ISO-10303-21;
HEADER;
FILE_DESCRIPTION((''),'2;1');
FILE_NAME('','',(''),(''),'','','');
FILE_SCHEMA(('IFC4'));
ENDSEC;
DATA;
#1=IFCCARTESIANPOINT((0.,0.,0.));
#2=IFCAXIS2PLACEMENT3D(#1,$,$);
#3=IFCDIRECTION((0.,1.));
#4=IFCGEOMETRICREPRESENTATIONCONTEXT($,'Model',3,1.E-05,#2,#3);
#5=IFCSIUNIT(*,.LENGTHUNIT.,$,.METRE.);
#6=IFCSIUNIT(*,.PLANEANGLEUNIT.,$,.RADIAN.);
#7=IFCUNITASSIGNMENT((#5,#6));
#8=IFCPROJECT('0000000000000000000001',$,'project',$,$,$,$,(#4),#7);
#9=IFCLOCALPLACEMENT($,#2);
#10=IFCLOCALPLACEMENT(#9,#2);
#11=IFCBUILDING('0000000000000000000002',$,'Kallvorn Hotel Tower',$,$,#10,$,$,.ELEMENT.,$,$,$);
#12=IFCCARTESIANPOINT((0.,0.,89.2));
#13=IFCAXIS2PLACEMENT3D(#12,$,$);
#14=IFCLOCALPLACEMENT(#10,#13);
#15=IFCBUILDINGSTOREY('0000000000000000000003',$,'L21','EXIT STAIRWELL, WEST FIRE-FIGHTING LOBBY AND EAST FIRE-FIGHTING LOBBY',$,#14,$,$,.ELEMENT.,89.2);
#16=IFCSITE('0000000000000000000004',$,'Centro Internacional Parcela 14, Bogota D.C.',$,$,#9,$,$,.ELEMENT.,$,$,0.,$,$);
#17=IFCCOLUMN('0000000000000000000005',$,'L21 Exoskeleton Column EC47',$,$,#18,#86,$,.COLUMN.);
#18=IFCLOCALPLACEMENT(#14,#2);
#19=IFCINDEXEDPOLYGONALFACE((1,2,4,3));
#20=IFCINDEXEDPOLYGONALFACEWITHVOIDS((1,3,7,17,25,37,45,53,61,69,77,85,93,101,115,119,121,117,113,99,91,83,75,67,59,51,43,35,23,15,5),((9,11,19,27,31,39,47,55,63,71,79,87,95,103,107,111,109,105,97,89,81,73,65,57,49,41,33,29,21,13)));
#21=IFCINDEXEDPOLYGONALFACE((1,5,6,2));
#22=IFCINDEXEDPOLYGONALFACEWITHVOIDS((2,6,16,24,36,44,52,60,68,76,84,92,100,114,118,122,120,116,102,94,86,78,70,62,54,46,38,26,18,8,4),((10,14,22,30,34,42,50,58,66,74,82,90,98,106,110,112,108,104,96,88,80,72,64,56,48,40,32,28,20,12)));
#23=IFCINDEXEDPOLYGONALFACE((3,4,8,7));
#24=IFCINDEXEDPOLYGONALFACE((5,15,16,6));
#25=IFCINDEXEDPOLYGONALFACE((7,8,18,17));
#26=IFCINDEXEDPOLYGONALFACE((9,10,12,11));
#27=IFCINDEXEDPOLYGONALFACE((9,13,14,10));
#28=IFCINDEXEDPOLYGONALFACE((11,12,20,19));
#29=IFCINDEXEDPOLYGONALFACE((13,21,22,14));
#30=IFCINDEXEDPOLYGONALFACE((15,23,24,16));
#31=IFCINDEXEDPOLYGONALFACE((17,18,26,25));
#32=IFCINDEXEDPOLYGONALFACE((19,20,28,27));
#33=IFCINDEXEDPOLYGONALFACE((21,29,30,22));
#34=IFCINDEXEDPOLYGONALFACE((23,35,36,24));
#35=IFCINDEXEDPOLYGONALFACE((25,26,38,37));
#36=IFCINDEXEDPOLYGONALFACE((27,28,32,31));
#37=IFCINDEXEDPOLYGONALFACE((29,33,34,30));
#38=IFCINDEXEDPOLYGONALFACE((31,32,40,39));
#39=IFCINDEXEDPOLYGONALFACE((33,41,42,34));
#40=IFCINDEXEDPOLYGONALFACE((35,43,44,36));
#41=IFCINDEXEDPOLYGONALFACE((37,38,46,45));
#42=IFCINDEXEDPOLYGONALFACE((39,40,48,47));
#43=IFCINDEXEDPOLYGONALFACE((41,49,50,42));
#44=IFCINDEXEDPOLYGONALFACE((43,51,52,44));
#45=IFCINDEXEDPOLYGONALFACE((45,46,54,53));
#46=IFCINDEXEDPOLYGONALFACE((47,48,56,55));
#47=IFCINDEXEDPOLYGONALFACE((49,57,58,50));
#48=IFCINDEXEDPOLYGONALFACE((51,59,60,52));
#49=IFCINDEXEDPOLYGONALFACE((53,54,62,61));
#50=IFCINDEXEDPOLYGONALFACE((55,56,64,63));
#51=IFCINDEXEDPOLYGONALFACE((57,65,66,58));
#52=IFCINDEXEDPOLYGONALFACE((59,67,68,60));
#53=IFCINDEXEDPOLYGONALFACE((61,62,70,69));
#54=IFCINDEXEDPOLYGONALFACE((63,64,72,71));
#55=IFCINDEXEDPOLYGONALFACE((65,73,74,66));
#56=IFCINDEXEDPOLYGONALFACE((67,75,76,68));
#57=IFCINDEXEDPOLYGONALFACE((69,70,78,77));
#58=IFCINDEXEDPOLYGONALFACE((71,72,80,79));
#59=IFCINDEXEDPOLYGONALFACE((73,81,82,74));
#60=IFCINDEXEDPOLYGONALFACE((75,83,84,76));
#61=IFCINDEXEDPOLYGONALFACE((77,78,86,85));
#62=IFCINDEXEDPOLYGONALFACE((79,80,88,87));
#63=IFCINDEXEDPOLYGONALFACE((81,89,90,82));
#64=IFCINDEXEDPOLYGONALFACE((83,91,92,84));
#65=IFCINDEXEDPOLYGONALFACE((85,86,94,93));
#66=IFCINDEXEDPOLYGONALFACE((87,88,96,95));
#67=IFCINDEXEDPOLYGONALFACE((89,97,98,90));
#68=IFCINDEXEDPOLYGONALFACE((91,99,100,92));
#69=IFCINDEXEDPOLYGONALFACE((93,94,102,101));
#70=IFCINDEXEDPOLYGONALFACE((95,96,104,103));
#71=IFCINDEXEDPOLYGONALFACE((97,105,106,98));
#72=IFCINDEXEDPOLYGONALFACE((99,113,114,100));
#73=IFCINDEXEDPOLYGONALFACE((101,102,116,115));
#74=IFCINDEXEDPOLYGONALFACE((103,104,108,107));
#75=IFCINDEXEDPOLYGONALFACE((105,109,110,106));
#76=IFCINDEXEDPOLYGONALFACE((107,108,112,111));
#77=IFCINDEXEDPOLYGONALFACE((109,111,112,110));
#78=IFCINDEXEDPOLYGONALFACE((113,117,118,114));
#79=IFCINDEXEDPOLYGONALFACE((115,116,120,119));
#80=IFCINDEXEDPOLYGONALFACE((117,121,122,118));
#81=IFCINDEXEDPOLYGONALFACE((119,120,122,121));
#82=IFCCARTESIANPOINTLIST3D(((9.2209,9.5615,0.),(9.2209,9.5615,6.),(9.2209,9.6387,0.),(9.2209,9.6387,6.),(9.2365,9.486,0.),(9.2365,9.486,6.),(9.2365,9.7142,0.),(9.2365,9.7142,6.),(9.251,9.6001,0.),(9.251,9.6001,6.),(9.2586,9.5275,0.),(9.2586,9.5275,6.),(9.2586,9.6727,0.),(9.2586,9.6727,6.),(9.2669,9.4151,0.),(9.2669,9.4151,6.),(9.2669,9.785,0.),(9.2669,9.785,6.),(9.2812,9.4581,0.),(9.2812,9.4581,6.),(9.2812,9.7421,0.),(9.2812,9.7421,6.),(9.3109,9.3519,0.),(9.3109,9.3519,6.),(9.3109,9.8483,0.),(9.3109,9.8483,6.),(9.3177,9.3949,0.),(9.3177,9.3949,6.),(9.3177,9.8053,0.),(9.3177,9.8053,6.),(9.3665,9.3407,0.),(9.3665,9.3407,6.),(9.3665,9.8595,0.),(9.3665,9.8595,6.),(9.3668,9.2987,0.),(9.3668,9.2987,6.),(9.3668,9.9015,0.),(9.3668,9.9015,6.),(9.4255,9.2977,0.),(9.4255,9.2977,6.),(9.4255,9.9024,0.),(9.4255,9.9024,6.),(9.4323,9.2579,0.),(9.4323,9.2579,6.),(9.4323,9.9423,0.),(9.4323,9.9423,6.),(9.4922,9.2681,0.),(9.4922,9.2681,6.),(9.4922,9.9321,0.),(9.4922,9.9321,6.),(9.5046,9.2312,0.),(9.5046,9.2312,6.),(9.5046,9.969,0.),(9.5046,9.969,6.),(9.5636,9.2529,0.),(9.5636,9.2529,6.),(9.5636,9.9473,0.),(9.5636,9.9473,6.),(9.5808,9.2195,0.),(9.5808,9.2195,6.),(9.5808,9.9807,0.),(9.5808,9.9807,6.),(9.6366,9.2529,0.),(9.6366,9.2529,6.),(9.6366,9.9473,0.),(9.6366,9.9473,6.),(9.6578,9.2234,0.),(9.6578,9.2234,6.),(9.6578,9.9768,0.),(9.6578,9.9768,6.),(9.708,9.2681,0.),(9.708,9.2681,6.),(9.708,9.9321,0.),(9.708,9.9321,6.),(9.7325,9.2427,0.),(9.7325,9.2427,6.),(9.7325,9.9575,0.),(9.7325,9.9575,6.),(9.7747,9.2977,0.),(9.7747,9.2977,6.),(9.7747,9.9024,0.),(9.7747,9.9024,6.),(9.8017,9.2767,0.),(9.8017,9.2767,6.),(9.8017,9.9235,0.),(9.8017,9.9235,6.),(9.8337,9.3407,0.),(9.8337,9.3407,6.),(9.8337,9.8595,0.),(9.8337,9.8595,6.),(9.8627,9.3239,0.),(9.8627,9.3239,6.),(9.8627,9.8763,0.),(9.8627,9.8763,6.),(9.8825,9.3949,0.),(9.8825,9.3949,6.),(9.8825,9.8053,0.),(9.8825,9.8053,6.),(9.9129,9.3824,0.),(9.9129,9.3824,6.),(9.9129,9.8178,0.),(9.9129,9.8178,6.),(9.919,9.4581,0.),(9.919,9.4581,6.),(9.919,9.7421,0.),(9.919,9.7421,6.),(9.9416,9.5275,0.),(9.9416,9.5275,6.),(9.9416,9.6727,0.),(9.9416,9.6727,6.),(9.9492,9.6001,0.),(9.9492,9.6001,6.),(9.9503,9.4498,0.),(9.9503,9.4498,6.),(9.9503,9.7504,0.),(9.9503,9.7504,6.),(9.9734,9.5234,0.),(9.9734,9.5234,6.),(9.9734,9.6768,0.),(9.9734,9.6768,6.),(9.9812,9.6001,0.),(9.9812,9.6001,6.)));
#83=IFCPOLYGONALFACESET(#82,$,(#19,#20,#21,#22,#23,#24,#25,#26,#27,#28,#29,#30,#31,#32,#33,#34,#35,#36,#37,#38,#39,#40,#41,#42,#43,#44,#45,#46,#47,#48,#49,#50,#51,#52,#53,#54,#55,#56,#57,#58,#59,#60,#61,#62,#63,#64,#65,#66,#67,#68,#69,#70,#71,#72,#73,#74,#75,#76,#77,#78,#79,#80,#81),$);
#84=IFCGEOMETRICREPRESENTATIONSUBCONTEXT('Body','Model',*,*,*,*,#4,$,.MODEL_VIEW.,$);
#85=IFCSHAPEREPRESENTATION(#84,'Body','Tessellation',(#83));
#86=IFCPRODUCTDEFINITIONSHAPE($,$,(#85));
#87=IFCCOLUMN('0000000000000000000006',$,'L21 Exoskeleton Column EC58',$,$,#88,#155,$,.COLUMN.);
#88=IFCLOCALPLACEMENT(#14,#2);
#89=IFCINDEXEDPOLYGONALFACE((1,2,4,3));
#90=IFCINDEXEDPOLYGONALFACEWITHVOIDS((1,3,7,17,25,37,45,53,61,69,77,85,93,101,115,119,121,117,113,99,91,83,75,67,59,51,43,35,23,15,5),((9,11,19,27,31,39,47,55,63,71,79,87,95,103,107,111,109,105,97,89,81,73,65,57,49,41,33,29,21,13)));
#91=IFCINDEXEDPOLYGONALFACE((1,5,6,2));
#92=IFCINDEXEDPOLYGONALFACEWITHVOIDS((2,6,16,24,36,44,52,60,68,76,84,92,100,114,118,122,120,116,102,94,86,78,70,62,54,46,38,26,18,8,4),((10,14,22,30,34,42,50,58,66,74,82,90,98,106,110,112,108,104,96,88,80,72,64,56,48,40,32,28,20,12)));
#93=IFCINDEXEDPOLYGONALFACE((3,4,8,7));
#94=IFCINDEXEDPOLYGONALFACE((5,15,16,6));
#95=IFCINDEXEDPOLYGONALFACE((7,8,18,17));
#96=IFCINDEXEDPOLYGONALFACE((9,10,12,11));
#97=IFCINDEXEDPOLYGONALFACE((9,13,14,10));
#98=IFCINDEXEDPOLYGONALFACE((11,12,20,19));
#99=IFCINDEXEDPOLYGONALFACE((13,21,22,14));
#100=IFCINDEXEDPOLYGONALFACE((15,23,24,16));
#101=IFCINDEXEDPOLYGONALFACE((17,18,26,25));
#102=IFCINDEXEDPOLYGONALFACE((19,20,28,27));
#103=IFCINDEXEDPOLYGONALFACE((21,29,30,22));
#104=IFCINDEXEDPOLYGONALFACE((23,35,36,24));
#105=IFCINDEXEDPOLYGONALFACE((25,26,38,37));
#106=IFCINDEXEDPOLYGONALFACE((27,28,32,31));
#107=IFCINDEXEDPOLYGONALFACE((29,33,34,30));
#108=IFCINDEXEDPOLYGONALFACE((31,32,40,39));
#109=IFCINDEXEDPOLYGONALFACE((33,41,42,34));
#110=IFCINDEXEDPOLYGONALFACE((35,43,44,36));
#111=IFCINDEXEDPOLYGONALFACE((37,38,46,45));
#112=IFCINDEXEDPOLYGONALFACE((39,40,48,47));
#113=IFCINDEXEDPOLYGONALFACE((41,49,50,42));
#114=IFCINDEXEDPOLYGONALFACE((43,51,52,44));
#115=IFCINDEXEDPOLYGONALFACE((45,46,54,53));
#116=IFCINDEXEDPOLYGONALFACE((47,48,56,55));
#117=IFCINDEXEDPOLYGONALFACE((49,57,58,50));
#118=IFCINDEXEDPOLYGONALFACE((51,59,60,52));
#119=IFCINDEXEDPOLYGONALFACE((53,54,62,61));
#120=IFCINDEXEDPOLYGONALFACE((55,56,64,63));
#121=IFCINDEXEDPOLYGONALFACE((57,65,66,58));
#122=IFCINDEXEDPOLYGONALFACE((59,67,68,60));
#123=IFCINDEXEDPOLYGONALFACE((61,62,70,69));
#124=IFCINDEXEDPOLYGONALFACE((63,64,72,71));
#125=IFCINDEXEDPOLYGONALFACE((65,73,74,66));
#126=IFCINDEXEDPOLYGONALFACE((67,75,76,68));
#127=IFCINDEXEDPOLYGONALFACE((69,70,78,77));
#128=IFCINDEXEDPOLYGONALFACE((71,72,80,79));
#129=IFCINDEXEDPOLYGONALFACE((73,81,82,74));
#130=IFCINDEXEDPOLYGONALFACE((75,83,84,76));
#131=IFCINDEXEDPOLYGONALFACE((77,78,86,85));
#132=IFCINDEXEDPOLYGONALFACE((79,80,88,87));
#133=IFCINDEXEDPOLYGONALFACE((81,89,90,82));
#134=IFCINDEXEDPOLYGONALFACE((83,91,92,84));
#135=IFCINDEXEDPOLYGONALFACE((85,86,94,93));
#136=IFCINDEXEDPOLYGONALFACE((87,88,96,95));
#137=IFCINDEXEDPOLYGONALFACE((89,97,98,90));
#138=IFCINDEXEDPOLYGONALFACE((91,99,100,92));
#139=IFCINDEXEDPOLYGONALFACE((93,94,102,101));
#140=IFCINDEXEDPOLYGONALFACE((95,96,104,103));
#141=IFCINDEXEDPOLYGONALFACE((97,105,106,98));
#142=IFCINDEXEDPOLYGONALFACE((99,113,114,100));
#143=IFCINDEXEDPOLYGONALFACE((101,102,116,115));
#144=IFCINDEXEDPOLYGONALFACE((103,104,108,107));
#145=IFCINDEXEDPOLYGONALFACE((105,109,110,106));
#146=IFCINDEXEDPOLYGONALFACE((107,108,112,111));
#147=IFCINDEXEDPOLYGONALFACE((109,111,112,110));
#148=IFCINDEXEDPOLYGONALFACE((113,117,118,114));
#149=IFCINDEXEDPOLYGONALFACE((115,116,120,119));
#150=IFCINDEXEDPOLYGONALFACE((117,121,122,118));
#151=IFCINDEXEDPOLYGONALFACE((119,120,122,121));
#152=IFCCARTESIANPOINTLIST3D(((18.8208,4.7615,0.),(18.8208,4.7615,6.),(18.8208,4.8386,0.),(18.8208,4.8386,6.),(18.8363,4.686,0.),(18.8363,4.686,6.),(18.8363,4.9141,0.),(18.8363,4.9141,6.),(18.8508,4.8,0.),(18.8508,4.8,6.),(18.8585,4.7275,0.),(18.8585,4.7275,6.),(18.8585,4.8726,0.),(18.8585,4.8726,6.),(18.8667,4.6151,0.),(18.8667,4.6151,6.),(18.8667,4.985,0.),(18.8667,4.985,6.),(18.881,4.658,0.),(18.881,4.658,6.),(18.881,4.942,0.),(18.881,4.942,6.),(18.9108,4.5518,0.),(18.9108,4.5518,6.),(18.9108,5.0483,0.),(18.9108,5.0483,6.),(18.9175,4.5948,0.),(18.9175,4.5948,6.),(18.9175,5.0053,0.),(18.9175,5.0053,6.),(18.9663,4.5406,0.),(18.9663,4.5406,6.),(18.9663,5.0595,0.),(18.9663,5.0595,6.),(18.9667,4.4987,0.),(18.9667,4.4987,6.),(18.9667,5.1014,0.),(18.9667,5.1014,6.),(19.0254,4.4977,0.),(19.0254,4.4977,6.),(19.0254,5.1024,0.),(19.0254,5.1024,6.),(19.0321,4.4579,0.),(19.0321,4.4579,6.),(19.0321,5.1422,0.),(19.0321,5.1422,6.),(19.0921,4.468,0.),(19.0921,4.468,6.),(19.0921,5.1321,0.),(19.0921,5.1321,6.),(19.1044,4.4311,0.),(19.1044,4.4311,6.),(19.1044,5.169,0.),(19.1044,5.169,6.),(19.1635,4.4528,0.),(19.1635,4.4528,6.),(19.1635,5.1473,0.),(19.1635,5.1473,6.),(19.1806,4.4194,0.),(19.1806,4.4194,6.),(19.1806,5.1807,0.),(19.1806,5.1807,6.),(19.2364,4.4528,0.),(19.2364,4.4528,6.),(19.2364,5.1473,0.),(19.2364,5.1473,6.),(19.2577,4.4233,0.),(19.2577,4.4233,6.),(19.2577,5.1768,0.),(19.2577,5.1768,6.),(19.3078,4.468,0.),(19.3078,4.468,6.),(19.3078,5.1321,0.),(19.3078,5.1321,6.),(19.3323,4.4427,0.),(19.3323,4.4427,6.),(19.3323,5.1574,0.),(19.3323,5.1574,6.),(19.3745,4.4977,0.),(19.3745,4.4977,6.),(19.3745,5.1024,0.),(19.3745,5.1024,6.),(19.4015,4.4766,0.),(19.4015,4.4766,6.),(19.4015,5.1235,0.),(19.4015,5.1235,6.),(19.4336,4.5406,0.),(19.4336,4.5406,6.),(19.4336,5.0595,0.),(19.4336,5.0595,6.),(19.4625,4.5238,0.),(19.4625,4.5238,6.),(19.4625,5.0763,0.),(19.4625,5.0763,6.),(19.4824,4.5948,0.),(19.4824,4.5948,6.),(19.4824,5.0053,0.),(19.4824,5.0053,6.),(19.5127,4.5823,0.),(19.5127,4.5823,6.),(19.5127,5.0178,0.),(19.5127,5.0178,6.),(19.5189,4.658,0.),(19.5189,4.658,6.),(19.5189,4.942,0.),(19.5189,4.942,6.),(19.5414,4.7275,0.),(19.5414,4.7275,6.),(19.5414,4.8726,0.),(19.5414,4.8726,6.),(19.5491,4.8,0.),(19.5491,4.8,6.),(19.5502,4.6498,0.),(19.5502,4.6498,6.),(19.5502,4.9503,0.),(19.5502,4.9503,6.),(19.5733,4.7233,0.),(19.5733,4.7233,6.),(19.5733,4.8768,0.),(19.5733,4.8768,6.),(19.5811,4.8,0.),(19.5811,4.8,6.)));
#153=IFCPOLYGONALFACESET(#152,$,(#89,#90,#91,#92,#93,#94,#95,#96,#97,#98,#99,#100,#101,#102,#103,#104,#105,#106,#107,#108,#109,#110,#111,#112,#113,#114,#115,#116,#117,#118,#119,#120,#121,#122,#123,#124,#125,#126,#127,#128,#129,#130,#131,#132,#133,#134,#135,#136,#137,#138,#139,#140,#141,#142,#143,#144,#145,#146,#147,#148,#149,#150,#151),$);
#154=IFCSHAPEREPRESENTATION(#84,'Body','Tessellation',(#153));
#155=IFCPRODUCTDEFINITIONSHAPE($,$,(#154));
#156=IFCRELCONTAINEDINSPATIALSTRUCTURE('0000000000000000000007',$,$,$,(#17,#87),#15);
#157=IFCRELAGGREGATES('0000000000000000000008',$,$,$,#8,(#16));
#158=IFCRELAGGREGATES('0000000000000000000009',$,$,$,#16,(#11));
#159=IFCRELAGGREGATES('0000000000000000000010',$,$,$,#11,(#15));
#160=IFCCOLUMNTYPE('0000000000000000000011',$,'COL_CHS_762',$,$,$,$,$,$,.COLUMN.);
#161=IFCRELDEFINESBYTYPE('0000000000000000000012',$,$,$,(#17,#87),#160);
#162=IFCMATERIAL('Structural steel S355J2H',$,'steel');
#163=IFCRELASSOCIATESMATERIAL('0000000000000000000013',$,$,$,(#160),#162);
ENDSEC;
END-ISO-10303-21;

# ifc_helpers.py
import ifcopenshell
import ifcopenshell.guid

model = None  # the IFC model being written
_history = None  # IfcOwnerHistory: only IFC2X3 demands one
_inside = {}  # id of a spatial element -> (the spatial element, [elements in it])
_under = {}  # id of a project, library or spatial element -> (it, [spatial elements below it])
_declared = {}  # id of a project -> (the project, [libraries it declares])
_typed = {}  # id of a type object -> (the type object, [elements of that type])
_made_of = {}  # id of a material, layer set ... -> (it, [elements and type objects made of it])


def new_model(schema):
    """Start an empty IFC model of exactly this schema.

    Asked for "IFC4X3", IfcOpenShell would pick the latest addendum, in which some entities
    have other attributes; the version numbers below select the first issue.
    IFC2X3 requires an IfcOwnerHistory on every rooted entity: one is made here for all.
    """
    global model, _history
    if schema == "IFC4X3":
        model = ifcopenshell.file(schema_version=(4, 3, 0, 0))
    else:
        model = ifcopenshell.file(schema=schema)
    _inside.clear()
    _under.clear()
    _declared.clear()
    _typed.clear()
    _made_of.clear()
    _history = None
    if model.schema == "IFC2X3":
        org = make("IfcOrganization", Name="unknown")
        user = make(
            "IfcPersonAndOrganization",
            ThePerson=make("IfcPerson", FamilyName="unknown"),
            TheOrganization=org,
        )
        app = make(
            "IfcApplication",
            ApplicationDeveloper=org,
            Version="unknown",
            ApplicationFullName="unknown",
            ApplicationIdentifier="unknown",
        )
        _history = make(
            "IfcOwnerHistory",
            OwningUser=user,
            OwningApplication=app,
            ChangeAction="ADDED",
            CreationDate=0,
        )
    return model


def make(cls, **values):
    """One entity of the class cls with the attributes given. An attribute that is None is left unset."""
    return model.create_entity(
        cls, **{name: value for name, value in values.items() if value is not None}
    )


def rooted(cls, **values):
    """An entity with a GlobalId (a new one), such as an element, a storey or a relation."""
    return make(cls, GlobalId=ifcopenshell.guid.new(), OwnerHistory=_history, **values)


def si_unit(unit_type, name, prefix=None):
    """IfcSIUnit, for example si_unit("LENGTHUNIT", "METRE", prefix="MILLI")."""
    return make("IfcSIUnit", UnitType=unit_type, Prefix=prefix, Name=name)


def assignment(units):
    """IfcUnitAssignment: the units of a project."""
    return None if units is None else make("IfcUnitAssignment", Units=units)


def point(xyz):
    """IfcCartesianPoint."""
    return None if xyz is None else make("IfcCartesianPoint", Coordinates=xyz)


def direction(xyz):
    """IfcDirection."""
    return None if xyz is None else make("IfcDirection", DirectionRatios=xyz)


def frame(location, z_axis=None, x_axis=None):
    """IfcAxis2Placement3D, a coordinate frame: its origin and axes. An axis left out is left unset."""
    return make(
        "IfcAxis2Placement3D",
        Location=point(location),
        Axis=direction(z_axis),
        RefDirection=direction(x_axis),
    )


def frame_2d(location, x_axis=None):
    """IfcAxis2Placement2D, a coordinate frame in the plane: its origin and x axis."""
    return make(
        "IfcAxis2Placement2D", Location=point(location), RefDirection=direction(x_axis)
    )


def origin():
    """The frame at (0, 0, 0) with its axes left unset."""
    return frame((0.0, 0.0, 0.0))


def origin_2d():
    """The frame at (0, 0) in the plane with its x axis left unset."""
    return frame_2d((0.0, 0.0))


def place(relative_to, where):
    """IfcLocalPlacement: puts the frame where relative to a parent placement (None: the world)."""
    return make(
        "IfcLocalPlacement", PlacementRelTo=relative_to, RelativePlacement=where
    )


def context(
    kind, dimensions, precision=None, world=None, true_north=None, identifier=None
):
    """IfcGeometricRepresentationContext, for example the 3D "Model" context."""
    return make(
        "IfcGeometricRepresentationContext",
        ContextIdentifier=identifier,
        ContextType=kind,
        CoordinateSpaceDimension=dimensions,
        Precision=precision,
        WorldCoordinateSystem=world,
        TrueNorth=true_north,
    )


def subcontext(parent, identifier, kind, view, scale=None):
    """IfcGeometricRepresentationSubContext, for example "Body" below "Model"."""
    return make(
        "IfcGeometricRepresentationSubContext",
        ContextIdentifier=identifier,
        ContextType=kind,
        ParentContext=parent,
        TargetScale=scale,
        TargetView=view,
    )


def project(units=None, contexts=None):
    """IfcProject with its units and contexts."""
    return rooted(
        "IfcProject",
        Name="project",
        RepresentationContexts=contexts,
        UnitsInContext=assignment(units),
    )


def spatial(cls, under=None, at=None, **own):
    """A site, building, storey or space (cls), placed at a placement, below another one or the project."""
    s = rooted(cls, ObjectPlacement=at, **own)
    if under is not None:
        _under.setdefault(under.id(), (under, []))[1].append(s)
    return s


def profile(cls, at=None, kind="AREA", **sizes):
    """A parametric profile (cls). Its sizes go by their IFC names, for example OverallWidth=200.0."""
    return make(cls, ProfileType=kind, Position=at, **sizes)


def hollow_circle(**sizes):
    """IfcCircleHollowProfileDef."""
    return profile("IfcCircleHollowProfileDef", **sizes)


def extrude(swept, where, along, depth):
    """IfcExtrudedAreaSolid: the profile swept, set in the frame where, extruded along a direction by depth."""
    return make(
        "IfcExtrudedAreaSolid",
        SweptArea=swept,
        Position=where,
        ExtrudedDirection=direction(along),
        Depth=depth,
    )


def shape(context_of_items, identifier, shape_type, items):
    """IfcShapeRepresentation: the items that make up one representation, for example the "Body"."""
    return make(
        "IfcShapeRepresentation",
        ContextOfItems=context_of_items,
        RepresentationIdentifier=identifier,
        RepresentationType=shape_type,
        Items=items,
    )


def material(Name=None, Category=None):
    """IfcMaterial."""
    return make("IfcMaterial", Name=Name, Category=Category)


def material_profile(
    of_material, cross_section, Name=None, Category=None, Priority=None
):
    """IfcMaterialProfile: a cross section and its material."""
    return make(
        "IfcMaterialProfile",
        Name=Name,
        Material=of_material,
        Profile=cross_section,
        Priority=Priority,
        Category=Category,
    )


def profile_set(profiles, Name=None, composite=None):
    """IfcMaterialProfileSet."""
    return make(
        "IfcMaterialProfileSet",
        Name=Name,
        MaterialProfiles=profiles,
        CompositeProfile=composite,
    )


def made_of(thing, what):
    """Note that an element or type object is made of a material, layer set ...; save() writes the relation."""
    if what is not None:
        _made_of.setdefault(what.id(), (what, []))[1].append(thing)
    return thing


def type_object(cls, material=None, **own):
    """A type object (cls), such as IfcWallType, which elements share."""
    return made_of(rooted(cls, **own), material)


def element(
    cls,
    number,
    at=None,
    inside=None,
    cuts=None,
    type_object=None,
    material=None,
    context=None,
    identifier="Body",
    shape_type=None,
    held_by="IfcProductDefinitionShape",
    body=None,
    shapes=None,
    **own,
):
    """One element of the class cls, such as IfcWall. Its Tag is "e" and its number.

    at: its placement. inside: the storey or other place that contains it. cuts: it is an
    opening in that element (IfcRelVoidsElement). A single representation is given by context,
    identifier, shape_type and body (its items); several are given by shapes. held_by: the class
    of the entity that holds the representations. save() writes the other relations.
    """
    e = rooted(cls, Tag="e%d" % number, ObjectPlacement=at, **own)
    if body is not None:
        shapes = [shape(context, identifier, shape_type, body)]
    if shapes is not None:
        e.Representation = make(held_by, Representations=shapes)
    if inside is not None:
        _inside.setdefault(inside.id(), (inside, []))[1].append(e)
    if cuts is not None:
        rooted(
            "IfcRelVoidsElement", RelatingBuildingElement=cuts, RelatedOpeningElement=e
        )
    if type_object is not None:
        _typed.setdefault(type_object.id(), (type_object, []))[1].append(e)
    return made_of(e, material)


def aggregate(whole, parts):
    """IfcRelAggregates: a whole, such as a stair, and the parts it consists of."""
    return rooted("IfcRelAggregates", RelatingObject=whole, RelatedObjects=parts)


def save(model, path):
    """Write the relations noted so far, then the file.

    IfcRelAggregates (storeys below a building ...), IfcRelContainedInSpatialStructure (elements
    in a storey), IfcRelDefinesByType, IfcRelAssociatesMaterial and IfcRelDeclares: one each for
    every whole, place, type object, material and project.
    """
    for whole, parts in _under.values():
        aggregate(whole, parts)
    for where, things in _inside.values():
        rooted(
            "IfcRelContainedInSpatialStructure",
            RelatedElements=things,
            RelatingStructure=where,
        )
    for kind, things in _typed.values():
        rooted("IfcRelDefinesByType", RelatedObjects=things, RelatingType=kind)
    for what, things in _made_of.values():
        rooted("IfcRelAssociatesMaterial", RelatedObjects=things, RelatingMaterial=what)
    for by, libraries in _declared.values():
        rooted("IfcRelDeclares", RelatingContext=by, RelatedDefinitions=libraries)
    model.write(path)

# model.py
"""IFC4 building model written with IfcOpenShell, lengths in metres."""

from ifc_helpers import new_model, si_unit, direction, frame, origin, origin_2d, place, context, subcontext, project, spatial, hollow_circle, extrude, material, material_profile, profile_set, type_object, element, save


model = new_model("IFC4")

# Units and contexts
model_context = context("Model", 3, precision=1e-05, world=origin(), true_north=direction((0.0, 1.0)))
body_context = subcontext(model_context, "Body", "Model", "MODEL_VIEW")
ifc_project = project(units=[si_unit("LENGTHUNIT", "METRE"), si_unit("PLANEANGLEUNIT", "RADIAN")], contexts=[model_context])

# Site, building, storey
site_placement = place(None, origin())
site = spatial("IfcSite", under=ifc_project, at=site_placement, Name="Centro Internacional Parcela 14, Bogota D.C.", CompositionType="ELEMENT", RefElevation=0.0)
building_placement = place(site_placement, origin())
building = spatial("IfcBuilding", under=site, at=building_placement, Name="Kallvorn Hotel Tower", CompositionType="ELEMENT")
storey_placement = place(building_placement, frame((0.0, 0.0, 89.2)))
storey = spatial("IfcBuildingStorey", under=building, at=storey_placement, Name="L21", Description="EXIT STAIRWELL, WEST FIRE-FIGHTING LOBBY AND EAST FIRE-FIGHTING LOBBY", CompositionType="ELEMENT", Elevation=89.2)

# Columns
ifc_material_1 = material(Name="Structural steel S355J2H", Category="steel")
ifc_material_profile_1 = material_profile(ifc_material_1, hollow_circle(Radius=0.3811, WallThickness=0.032, at=origin_2d()), Name="CHS 762x32")
ifc_profile_set_1 = profile_set([ifc_material_profile_1], Name="Structural steel S355J2H")
column_type_1 = type_object("IfcColumnType", Name="COL_CHS_762", PredefinedType="COLUMN", material=ifc_profile_set_1)
for number, where, z_axis, x_axis, name in (
    (1, (9.6001, 9.6001, 0.0), (0.0, 0.0, 1.0), (1.0, 0.0, 0.0), "L21 Exoskeleton Column EC47"),
    (2, (19.2, 4.8, 0.0), (0.0, 0.0, 1.0), (1.0, 0.0, 0.0), "L21 Exoskeleton Column EC58"),
):
    element("IfcColumn", number, at=place(storey_placement, frame(where, z_axis=z_axis, x_axis=x_axis)), inside=storey, type_object=column_type_1, Name=name, PredefinedType="COLUMN", context=body_context, shape_type="SweptSolid", body=[
        extrude(hollow_circle(Radius=0.3811, WallThickness=0.032, at=origin_2d()), origin(), (0.0, 0.0, 1.0), 6.0),
    ])

save(model, "model.ifc")
